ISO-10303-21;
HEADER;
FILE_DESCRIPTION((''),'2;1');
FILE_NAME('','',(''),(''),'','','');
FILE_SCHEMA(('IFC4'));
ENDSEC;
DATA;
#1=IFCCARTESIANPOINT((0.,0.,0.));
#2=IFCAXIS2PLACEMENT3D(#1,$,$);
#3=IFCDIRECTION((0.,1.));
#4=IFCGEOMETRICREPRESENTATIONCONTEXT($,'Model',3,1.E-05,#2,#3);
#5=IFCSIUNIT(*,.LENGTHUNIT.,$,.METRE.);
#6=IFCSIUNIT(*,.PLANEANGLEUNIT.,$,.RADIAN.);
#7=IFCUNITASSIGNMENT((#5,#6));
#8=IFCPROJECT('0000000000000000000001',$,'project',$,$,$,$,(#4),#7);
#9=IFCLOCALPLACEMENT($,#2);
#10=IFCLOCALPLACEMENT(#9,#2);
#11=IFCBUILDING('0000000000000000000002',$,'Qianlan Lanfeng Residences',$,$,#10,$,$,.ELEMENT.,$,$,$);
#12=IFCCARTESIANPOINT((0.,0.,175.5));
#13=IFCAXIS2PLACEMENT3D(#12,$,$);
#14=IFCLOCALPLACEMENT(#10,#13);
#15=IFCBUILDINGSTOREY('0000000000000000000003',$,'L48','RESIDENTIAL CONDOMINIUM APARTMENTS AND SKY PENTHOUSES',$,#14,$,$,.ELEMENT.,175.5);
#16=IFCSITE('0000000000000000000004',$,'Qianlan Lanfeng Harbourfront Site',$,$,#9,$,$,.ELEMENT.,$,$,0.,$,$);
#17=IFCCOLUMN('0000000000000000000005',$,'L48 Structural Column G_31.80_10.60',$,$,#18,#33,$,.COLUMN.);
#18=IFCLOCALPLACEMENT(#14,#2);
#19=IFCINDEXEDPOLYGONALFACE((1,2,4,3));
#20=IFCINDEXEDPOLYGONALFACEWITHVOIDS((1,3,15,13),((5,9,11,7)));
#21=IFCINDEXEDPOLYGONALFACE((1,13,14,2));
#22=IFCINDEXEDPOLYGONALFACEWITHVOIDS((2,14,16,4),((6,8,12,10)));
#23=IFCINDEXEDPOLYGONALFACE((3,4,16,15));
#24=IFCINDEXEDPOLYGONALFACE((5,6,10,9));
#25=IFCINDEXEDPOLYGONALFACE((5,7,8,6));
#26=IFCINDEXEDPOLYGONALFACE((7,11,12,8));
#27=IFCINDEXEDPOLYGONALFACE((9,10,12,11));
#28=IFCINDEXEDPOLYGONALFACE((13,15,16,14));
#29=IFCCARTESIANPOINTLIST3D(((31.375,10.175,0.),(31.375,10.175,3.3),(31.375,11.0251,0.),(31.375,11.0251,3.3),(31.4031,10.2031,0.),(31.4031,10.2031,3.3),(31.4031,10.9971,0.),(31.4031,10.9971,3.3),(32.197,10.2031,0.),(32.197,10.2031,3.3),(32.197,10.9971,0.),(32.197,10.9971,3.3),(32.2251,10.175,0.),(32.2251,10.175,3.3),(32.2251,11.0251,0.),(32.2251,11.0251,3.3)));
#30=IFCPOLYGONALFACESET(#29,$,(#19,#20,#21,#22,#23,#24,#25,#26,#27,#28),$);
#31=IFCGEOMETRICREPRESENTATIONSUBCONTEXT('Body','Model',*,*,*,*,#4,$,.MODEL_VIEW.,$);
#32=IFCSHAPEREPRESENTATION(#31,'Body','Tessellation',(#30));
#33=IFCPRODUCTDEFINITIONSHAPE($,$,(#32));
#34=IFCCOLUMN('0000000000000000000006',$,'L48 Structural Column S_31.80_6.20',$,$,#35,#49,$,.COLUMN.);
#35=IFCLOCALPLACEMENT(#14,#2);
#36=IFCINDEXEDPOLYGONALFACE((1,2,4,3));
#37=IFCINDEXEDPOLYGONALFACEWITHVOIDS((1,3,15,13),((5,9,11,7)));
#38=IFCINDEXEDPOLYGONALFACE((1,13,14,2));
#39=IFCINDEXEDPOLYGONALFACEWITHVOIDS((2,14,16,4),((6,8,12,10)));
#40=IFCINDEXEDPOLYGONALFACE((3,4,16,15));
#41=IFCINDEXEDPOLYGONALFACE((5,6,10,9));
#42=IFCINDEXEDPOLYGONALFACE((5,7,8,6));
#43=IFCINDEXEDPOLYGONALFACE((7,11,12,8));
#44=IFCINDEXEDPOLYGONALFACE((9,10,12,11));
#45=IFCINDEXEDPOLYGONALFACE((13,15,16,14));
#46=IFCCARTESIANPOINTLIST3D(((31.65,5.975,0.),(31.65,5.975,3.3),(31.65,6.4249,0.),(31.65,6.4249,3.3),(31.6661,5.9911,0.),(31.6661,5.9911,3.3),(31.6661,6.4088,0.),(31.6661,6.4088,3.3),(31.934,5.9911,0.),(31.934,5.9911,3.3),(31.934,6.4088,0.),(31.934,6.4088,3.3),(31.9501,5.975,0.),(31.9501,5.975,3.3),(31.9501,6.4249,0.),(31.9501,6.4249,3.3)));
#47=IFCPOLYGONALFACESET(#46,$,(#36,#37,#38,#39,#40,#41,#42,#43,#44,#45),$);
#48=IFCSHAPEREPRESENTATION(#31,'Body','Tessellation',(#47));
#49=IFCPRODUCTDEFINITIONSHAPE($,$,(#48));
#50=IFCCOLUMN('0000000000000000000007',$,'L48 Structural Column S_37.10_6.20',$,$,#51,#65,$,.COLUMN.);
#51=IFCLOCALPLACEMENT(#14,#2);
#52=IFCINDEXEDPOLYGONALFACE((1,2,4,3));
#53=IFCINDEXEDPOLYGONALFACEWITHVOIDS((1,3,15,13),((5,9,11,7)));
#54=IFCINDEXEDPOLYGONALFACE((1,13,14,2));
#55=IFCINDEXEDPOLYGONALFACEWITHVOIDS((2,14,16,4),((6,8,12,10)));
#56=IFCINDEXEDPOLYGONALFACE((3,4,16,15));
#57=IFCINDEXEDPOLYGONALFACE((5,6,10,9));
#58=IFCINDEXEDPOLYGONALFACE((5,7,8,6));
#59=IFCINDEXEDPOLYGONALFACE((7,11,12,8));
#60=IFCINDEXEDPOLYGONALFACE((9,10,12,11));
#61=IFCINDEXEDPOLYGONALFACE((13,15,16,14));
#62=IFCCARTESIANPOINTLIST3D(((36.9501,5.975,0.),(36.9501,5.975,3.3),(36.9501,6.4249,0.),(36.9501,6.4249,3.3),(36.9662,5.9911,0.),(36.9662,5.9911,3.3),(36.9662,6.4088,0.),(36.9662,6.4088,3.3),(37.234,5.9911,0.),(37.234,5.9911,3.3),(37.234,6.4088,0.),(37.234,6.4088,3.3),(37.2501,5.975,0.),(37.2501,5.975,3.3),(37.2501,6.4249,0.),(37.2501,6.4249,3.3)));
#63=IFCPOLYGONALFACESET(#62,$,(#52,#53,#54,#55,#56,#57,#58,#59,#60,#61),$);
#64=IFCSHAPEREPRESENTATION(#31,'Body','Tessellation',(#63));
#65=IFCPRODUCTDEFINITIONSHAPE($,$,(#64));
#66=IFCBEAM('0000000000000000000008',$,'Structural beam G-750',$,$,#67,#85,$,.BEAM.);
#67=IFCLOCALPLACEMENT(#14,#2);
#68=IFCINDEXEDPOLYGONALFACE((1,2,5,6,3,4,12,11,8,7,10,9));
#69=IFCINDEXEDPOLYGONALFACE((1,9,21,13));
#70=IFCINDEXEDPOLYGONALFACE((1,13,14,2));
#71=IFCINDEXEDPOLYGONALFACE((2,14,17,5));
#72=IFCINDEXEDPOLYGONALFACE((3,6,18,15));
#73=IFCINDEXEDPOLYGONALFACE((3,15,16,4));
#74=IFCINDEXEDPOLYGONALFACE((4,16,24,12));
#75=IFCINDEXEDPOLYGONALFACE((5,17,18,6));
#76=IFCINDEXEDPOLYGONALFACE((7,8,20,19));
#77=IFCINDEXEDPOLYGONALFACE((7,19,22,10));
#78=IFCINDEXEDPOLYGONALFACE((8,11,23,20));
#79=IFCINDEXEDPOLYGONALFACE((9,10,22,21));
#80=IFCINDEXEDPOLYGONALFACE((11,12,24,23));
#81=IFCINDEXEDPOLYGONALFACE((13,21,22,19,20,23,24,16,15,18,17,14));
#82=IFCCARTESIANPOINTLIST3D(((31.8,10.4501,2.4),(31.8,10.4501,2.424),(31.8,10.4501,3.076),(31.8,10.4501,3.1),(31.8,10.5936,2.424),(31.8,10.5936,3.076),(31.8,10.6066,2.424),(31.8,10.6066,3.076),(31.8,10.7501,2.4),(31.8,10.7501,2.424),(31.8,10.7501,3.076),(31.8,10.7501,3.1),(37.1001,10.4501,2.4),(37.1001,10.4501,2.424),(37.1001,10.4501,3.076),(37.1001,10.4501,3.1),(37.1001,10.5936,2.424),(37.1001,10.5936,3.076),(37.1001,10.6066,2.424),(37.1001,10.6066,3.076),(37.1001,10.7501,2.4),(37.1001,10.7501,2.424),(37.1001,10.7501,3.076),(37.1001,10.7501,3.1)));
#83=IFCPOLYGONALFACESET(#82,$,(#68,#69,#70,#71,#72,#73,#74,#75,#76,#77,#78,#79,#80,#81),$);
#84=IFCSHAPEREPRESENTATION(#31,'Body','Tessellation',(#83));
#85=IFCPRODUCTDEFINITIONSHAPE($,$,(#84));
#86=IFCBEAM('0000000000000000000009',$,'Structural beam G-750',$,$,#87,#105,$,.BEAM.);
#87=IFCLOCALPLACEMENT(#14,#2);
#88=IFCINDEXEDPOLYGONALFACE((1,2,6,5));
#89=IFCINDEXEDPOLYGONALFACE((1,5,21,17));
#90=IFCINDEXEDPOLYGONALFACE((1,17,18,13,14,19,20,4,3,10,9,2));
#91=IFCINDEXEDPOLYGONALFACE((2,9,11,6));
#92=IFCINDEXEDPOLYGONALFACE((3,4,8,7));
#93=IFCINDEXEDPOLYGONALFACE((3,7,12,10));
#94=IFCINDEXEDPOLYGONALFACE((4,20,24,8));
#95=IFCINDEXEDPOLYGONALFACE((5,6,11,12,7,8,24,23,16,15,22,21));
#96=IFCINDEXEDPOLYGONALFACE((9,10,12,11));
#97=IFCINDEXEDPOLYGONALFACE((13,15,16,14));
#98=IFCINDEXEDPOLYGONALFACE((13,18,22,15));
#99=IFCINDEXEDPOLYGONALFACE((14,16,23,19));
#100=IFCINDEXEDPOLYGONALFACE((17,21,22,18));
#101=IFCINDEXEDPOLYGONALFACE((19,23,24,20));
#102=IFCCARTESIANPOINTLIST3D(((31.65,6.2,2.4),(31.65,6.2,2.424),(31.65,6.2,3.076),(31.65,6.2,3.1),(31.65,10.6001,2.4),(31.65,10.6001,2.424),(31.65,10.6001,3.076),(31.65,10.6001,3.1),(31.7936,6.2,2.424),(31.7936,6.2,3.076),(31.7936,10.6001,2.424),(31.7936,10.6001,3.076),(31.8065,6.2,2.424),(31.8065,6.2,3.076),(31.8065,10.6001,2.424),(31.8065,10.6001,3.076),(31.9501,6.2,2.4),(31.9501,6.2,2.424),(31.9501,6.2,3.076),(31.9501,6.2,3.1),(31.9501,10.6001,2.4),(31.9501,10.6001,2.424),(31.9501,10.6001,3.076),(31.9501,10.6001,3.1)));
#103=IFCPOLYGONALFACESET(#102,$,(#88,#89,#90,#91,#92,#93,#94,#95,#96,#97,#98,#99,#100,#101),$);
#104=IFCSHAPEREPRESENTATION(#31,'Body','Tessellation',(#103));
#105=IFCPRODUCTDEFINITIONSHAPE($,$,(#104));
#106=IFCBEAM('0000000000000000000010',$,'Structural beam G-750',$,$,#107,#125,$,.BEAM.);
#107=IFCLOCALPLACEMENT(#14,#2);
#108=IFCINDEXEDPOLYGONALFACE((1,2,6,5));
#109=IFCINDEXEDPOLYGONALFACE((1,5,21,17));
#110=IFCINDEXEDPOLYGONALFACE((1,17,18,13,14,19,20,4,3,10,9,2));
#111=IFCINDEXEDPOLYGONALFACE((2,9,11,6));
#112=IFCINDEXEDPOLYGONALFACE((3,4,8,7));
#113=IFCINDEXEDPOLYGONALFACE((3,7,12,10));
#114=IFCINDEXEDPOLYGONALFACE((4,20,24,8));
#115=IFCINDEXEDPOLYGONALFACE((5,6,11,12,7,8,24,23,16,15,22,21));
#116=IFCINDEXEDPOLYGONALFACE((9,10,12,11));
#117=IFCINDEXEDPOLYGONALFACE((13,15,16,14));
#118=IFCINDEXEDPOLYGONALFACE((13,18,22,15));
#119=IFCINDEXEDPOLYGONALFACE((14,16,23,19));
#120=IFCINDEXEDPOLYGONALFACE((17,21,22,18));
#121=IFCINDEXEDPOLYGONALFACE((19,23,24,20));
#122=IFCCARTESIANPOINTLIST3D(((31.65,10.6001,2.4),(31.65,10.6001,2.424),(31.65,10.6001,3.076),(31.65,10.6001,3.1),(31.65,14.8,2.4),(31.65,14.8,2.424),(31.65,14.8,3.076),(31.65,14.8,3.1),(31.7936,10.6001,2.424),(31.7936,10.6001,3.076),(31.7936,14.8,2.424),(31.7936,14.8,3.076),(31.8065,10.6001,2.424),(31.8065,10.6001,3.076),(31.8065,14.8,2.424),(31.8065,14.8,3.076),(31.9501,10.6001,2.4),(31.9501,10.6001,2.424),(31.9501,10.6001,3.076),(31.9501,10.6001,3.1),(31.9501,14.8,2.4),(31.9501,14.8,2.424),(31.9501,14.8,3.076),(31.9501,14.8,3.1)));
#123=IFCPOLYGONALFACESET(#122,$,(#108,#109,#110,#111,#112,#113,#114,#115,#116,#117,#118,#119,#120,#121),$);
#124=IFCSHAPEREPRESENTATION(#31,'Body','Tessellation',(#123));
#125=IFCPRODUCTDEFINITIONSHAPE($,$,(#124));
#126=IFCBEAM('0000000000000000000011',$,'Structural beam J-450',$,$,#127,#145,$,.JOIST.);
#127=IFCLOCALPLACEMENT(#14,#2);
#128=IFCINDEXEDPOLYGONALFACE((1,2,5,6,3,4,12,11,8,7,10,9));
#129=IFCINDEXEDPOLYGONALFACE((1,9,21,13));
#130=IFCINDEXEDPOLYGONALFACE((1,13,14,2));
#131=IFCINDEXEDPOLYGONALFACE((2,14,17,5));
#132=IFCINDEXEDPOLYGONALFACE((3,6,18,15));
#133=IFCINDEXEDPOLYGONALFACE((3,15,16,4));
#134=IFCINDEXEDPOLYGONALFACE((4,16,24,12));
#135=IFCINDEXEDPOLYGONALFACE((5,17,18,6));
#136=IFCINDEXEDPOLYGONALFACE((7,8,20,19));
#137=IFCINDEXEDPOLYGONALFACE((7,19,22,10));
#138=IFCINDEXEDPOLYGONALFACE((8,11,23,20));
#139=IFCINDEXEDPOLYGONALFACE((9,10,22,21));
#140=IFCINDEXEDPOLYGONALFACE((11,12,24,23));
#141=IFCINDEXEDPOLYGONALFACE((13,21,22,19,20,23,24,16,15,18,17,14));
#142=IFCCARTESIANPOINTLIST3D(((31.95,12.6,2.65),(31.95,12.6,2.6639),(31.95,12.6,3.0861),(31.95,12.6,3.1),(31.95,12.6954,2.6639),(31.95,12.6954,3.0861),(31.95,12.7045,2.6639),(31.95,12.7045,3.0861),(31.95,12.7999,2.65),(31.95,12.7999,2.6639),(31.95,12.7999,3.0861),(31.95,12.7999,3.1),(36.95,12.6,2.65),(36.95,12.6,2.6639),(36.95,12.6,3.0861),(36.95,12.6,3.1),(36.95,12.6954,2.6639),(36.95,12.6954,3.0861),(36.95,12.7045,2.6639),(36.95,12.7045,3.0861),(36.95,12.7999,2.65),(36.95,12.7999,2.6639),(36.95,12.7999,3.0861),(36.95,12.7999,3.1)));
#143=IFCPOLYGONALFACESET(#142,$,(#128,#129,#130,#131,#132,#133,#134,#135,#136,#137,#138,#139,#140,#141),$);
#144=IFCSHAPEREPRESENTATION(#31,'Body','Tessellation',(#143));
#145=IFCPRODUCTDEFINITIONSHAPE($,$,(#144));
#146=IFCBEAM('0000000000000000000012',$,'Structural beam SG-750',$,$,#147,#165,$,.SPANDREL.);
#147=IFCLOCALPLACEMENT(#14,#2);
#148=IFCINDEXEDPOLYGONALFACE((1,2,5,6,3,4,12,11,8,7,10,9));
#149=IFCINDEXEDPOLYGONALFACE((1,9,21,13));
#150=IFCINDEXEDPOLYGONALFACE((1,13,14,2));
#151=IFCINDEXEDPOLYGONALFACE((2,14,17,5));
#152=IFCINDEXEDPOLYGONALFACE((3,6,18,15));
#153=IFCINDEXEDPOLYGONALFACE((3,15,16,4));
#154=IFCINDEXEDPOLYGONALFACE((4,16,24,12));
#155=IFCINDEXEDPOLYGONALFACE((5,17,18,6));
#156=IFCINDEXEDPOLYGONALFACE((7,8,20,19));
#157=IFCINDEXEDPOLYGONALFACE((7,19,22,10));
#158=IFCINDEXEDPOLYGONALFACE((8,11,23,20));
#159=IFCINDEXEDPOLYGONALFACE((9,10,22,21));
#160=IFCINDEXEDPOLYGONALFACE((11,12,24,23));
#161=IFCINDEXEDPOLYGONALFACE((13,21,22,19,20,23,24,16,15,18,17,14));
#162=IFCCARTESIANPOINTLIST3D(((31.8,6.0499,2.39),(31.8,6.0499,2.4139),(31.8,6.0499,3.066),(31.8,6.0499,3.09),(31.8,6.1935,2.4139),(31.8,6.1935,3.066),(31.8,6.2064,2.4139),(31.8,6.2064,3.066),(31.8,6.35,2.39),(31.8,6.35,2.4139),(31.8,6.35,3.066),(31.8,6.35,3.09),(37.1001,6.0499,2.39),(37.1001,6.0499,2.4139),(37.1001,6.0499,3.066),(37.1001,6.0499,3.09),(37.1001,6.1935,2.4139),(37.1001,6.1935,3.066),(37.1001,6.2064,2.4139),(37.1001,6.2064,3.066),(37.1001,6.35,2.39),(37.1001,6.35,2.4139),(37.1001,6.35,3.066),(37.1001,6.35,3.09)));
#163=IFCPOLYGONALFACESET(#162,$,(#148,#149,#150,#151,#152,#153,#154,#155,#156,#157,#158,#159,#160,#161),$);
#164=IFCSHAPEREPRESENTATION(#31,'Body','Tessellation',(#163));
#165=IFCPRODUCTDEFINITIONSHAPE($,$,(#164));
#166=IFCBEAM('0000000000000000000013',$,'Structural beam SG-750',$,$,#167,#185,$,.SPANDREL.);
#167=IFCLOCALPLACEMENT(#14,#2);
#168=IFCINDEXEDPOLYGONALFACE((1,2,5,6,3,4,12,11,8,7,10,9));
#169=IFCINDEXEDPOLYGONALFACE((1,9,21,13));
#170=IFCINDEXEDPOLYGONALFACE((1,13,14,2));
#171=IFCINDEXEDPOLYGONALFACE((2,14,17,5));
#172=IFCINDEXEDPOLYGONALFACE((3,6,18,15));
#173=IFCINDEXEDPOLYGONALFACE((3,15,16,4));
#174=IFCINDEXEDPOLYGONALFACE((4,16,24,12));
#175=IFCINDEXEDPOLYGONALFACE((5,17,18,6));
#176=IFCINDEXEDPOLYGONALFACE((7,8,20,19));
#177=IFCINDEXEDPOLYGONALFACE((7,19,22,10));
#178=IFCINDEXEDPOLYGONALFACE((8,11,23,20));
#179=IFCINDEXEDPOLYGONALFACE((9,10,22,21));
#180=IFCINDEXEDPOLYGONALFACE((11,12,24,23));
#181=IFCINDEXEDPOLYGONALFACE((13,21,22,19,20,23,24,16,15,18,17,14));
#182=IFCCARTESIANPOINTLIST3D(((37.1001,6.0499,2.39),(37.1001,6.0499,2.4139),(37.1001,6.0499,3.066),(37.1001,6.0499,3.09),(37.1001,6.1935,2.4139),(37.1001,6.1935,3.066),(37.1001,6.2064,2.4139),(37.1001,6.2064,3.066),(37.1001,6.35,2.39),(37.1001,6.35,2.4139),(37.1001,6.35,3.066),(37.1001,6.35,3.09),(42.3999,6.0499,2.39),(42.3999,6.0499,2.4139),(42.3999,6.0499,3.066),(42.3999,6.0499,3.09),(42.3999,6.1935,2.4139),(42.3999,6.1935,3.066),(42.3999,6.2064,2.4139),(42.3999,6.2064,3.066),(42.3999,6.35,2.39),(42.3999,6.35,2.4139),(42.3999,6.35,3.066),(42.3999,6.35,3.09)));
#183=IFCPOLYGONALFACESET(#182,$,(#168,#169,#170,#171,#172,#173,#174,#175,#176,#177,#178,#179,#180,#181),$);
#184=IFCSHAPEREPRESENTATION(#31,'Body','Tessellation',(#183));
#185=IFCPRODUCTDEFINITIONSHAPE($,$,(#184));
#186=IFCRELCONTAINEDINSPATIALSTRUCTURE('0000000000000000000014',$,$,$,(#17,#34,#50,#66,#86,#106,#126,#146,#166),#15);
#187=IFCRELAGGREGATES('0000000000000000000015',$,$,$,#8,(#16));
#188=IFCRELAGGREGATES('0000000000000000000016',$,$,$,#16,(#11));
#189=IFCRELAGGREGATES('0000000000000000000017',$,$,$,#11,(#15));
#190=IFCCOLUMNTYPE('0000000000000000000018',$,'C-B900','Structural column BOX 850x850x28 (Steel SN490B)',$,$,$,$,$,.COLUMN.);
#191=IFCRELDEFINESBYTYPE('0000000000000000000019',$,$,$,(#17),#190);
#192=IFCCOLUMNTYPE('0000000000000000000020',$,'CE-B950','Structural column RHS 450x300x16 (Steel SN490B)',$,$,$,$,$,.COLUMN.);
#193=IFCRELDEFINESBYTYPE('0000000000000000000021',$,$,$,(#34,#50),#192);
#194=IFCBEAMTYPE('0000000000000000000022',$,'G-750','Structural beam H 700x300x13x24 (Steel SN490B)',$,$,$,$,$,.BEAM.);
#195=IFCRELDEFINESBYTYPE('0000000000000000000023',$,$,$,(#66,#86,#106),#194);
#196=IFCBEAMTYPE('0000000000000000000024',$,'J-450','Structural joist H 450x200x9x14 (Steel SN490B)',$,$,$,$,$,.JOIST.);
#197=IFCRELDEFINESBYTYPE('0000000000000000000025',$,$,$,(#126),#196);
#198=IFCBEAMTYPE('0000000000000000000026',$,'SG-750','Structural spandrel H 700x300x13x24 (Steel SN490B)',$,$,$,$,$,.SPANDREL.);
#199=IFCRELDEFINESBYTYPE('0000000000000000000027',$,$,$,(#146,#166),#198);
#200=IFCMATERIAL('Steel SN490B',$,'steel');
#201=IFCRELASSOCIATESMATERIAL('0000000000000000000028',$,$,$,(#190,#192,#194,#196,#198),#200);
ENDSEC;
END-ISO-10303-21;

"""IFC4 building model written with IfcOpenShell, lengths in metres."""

from ifc_helpers import new_model, si_unit, direction, frame, origin, origin_2d, place, context, subcontext, project, spatial, hollow_rectangle, i_section, extrude, material, material_profile, profile_set, type_object, element, save


model = new_model("IFC4")

# Units and contexts
model_context = context("Model", 3, precision=1e-05, world=origin(), true_north=direction((0.0, 1.0)))
body_context = subcontext(model_context, "Body", "Model", "MODEL_VIEW")
ifc_project = project(units=[si_unit("LENGTHUNIT", "METRE"), si_unit("PLANEANGLEUNIT", "RADIAN")], contexts=[model_context])

# Site, building, storey
site_placement = place(None, origin())
site = spatial("IfcSite", under=ifc_project, at=site_placement, Name="Qianlan Lanfeng Harbourfront Site", CompositionType="ELEMENT", RefElevation=0.0)
building_placement = place(site_placement, origin())
building = spatial("IfcBuilding", under=site, at=building_placement, Name="Qianlan Lanfeng Residences", CompositionType="ELEMENT")
storey_placement = place(building_placement, frame((0.0, 0.0, 175.5)))
storey = spatial("IfcBuildingStorey", under=building, at=storey_placement, Name="L48", Description="RESIDENTIAL CONDOMINIUM APARTMENTS AND SKY PENTHOUSES", CompositionType="ELEMENT", Elevation=175.5)

# Columns
ifc_material_1 = material(Name="Steel SN490B", Category="steel")
ifc_material_profile_1 = material_profile(ifc_material_1, hollow_rectangle(XDim=0.8501, YDim=0.8501, WallThickness=0.0281, at=origin_2d()), Name="BOX 850x850x28")
ifc_profile_set_1 = profile_set([ifc_material_profile_1], Name="Steel SN490B")
column_type_1 = type_object("IfcColumnType", Name="C-B900", Description="Structural column BOX 850x850x28 (Steel SN490B)", PredefinedType="COLUMN", material=ifc_profile_set_1)
column_placement = place(storey_placement, frame((31.8, 10.6001, 0.0), z_axis=(0.0, 0.0, 1.0), x_axis=(1.0, 0.0, 0.0)))
element("IfcColumn", 1, at=column_placement, inside=storey, type_object=column_type_1, Name="L48 Structural Column G_31.80_10.60", PredefinedType="COLUMN", context=body_context, shape_type="SweptSolid", body=[
    extrude(hollow_rectangle(XDim=0.8501, YDim=0.8501, WallThickness=0.0281, at=origin_2d()), origin(), (0.0, 0.0, 1.0), 3.3),
])
ifc_material_profile_2 = material_profile(ifc_material_1, hollow_rectangle(XDim=0.3, YDim=0.45, WallThickness=0.0161, at=origin_2d()), Name="RHS 450x300x16")
ifc_profile_set_2 = profile_set([ifc_material_profile_2], Name="Steel SN490B")
column_type_2 = type_object("IfcColumnType", Name="CE-B950", Description="Structural column RHS 450x300x16 (Steel SN490B)", PredefinedType="COLUMN", material=ifc_profile_set_2)
for number, where, z_axis, x_axis, name in (
    (2, (31.8, 6.2, 0.0), (0.0, 0.0, 1.0), (1.0, 0.0, 0.0), "L48 Structural Column S_31.80_6.20"),
    (3, (37.1001, 6.2, 0.0), (0.0, 0.0, 1.0), (1.0, 0.0, 0.0), "L48 Structural Column S_37.10_6.20"),
):
    element("IfcColumn", number, at=place(storey_placement, frame(where, z_axis=z_axis, x_axis=x_axis)), inside=storey, type_object=column_type_2, Name=name, PredefinedType="COLUMN", context=body_context, shape_type="SweptSolid", body=[
        extrude(hollow_rectangle(XDim=0.3, YDim=0.45, WallThickness=0.0161, at=origin_2d()), origin(), (0.0, 0.0, 1.0), 3.3),
    ])

# Beams
ifc_material_profile_3 = material_profile(ifc_material_1, i_section(OverallWidth=0.3, OverallDepth=0.7, WebThickness=0.0129, FlangeThickness=0.0239, at=origin_2d()), Name="H 700x300x13x24")
ifc_profile_set_3 = profile_set([ifc_material_profile_3], Name="Steel SN490B")
beam_type_1 = type_object("IfcBeamType", Name="G-750", Description="Structural beam H 700x300x13x24 (Steel SN490B)", PredefinedType="BEAM", material=ifc_profile_set_3)
beam_1_placement = place(storey_placement, frame((31.8, 10.6001, 2.75), z_axis=(1.0, 0.0, 0.0), x_axis=(0.0, 1.0, 0.0)))
element("IfcBeam", 4, at=beam_1_placement, inside=storey, type_object=beam_type_1, Name="Structural beam G-750", PredefinedType="BEAM", context=body_context, shape_type="SweptSolid", body=[
    extrude(i_section(OverallWidth=0.3, OverallDepth=0.7, WebThickness=0.0129, FlangeThickness=0.0239, at=origin_2d()), origin(), (0.0, 0.0, 1.0), 5.3),
])
beam_2_placement = place(storey_placement, frame((31.8, 6.2, 2.75), z_axis=(0.0, 1.0, 0.0), x_axis=(-1.0, 0.0, 0.0)))
element("IfcBeam", 5, at=beam_2_placement, inside=storey, type_object=beam_type_1, Name="Structural beam G-750", PredefinedType="BEAM", context=body_context, shape_type="SweptSolid", body=[
    extrude(i_section(OverallWidth=0.3, OverallDepth=0.7, WebThickness=0.0129, FlangeThickness=0.0239, at=origin_2d()), origin(), (0.0, 0.0, 1.0), 4.4001),
])
beam_3_placement = place(storey_placement, frame((31.8, 10.6001, 2.75), z_axis=(0.0, 1.0, 0.0), x_axis=(-1.0, 0.0, 0.0)))
element("IfcBeam", 6, at=beam_3_placement, inside=storey, type_object=beam_type_1, Name="Structural beam G-750", PredefinedType="BEAM", context=body_context, shape_type="SweptSolid", body=[
    extrude(i_section(OverallWidth=0.3, OverallDepth=0.7, WebThickness=0.0129, FlangeThickness=0.0239, at=origin_2d()), origin(), (0.0, 0.0, 1.0), 4.2),
])
ifc_material_profile_4 = material_profile(ifc_material_1, i_section(OverallWidth=0.2, OverallDepth=0.45, WebThickness=0.009, FlangeThickness=0.0139, at=origin_2d()), Name="H 450x200x9x14")
ifc_profile_set_4 = profile_set([ifc_material_profile_4], Name="Steel SN490B")
beam_type_2 = type_object("IfcBeamType", Name="J-450", Description="Structural joist H 450x200x9x14 (Steel SN490B)", PredefinedType="JOIST", material=ifc_profile_set_4)
beam_4_placement = place(storey_placement, frame((31.95, 12.7, 2.875), z_axis=(1.0, 0.0, 0.0), x_axis=(0.0, 1.0, 0.0)))
element("IfcBeam", 7, at=beam_4_placement, inside=storey, type_object=beam_type_2, Name="Structural beam J-450", PredefinedType="JOIST", context=body_context, shape_type="SweptSolid", body=[
    extrude(i_section(OverallWidth=0.2, OverallDepth=0.45, WebThickness=0.009, FlangeThickness=0.0139, at=origin_2d()), origin(), (0.0, 0.0, 1.0), 5.0),
])
ifc_material_profile_5 = material_profile(ifc_material_1, i_section(OverallWidth=0.3, OverallDepth=0.7, WebThickness=0.0129, FlangeThickness=0.0239, at=origin_2d()), Name="H 700x300x13x24")
ifc_profile_set_5 = profile_set([ifc_material_profile_5], Name="Steel SN490B")
beam_type_3 = type_object("IfcBeamType", Name="SG-750", Description="Structural spandrel H 700x300x13x24 (Steel SN490B)", PredefinedType="SPANDREL", material=ifc_profile_set_5)
beam_5_placement = place(storey_placement, frame((31.8, 6.2, 2.74), z_axis=(1.0, 0.0, 0.0), x_axis=(0.0, 1.0, 0.0)))
element("IfcBeam", 8, at=beam_5_placement, inside=storey, type_object=beam_type_3, Name="Structural beam SG-750", PredefinedType="SPANDREL", context=body_context, shape_type="SweptSolid", body=[
    extrude(i_section(OverallWidth=0.3, OverallDepth=0.7, WebThickness=0.0129, FlangeThickness=0.0239, at=origin_2d()), origin(), (0.0, 0.0, 1.0), 5.3),
])
beam_6_placement = place(storey_placement, frame((37.1001, 6.2, 2.74), z_axis=(1.0, 0.0, 0.0), x_axis=(0.0, 1.0, 0.0)))
element("IfcBeam", 9, at=beam_6_placement, inside=storey, type_object=beam_type_3, Name="Structural beam SG-750", PredefinedType="SPANDREL", context=body_context, shape_type="SweptSolid", body=[
    extrude(i_section(OverallWidth=0.3, OverallDepth=0.7, WebThickness=0.0129, FlangeThickness=0.0239, at=origin_2d()), origin(), (0.0, 0.0, 1.0), 5.2998),
])

save(model, "model.ifc")
